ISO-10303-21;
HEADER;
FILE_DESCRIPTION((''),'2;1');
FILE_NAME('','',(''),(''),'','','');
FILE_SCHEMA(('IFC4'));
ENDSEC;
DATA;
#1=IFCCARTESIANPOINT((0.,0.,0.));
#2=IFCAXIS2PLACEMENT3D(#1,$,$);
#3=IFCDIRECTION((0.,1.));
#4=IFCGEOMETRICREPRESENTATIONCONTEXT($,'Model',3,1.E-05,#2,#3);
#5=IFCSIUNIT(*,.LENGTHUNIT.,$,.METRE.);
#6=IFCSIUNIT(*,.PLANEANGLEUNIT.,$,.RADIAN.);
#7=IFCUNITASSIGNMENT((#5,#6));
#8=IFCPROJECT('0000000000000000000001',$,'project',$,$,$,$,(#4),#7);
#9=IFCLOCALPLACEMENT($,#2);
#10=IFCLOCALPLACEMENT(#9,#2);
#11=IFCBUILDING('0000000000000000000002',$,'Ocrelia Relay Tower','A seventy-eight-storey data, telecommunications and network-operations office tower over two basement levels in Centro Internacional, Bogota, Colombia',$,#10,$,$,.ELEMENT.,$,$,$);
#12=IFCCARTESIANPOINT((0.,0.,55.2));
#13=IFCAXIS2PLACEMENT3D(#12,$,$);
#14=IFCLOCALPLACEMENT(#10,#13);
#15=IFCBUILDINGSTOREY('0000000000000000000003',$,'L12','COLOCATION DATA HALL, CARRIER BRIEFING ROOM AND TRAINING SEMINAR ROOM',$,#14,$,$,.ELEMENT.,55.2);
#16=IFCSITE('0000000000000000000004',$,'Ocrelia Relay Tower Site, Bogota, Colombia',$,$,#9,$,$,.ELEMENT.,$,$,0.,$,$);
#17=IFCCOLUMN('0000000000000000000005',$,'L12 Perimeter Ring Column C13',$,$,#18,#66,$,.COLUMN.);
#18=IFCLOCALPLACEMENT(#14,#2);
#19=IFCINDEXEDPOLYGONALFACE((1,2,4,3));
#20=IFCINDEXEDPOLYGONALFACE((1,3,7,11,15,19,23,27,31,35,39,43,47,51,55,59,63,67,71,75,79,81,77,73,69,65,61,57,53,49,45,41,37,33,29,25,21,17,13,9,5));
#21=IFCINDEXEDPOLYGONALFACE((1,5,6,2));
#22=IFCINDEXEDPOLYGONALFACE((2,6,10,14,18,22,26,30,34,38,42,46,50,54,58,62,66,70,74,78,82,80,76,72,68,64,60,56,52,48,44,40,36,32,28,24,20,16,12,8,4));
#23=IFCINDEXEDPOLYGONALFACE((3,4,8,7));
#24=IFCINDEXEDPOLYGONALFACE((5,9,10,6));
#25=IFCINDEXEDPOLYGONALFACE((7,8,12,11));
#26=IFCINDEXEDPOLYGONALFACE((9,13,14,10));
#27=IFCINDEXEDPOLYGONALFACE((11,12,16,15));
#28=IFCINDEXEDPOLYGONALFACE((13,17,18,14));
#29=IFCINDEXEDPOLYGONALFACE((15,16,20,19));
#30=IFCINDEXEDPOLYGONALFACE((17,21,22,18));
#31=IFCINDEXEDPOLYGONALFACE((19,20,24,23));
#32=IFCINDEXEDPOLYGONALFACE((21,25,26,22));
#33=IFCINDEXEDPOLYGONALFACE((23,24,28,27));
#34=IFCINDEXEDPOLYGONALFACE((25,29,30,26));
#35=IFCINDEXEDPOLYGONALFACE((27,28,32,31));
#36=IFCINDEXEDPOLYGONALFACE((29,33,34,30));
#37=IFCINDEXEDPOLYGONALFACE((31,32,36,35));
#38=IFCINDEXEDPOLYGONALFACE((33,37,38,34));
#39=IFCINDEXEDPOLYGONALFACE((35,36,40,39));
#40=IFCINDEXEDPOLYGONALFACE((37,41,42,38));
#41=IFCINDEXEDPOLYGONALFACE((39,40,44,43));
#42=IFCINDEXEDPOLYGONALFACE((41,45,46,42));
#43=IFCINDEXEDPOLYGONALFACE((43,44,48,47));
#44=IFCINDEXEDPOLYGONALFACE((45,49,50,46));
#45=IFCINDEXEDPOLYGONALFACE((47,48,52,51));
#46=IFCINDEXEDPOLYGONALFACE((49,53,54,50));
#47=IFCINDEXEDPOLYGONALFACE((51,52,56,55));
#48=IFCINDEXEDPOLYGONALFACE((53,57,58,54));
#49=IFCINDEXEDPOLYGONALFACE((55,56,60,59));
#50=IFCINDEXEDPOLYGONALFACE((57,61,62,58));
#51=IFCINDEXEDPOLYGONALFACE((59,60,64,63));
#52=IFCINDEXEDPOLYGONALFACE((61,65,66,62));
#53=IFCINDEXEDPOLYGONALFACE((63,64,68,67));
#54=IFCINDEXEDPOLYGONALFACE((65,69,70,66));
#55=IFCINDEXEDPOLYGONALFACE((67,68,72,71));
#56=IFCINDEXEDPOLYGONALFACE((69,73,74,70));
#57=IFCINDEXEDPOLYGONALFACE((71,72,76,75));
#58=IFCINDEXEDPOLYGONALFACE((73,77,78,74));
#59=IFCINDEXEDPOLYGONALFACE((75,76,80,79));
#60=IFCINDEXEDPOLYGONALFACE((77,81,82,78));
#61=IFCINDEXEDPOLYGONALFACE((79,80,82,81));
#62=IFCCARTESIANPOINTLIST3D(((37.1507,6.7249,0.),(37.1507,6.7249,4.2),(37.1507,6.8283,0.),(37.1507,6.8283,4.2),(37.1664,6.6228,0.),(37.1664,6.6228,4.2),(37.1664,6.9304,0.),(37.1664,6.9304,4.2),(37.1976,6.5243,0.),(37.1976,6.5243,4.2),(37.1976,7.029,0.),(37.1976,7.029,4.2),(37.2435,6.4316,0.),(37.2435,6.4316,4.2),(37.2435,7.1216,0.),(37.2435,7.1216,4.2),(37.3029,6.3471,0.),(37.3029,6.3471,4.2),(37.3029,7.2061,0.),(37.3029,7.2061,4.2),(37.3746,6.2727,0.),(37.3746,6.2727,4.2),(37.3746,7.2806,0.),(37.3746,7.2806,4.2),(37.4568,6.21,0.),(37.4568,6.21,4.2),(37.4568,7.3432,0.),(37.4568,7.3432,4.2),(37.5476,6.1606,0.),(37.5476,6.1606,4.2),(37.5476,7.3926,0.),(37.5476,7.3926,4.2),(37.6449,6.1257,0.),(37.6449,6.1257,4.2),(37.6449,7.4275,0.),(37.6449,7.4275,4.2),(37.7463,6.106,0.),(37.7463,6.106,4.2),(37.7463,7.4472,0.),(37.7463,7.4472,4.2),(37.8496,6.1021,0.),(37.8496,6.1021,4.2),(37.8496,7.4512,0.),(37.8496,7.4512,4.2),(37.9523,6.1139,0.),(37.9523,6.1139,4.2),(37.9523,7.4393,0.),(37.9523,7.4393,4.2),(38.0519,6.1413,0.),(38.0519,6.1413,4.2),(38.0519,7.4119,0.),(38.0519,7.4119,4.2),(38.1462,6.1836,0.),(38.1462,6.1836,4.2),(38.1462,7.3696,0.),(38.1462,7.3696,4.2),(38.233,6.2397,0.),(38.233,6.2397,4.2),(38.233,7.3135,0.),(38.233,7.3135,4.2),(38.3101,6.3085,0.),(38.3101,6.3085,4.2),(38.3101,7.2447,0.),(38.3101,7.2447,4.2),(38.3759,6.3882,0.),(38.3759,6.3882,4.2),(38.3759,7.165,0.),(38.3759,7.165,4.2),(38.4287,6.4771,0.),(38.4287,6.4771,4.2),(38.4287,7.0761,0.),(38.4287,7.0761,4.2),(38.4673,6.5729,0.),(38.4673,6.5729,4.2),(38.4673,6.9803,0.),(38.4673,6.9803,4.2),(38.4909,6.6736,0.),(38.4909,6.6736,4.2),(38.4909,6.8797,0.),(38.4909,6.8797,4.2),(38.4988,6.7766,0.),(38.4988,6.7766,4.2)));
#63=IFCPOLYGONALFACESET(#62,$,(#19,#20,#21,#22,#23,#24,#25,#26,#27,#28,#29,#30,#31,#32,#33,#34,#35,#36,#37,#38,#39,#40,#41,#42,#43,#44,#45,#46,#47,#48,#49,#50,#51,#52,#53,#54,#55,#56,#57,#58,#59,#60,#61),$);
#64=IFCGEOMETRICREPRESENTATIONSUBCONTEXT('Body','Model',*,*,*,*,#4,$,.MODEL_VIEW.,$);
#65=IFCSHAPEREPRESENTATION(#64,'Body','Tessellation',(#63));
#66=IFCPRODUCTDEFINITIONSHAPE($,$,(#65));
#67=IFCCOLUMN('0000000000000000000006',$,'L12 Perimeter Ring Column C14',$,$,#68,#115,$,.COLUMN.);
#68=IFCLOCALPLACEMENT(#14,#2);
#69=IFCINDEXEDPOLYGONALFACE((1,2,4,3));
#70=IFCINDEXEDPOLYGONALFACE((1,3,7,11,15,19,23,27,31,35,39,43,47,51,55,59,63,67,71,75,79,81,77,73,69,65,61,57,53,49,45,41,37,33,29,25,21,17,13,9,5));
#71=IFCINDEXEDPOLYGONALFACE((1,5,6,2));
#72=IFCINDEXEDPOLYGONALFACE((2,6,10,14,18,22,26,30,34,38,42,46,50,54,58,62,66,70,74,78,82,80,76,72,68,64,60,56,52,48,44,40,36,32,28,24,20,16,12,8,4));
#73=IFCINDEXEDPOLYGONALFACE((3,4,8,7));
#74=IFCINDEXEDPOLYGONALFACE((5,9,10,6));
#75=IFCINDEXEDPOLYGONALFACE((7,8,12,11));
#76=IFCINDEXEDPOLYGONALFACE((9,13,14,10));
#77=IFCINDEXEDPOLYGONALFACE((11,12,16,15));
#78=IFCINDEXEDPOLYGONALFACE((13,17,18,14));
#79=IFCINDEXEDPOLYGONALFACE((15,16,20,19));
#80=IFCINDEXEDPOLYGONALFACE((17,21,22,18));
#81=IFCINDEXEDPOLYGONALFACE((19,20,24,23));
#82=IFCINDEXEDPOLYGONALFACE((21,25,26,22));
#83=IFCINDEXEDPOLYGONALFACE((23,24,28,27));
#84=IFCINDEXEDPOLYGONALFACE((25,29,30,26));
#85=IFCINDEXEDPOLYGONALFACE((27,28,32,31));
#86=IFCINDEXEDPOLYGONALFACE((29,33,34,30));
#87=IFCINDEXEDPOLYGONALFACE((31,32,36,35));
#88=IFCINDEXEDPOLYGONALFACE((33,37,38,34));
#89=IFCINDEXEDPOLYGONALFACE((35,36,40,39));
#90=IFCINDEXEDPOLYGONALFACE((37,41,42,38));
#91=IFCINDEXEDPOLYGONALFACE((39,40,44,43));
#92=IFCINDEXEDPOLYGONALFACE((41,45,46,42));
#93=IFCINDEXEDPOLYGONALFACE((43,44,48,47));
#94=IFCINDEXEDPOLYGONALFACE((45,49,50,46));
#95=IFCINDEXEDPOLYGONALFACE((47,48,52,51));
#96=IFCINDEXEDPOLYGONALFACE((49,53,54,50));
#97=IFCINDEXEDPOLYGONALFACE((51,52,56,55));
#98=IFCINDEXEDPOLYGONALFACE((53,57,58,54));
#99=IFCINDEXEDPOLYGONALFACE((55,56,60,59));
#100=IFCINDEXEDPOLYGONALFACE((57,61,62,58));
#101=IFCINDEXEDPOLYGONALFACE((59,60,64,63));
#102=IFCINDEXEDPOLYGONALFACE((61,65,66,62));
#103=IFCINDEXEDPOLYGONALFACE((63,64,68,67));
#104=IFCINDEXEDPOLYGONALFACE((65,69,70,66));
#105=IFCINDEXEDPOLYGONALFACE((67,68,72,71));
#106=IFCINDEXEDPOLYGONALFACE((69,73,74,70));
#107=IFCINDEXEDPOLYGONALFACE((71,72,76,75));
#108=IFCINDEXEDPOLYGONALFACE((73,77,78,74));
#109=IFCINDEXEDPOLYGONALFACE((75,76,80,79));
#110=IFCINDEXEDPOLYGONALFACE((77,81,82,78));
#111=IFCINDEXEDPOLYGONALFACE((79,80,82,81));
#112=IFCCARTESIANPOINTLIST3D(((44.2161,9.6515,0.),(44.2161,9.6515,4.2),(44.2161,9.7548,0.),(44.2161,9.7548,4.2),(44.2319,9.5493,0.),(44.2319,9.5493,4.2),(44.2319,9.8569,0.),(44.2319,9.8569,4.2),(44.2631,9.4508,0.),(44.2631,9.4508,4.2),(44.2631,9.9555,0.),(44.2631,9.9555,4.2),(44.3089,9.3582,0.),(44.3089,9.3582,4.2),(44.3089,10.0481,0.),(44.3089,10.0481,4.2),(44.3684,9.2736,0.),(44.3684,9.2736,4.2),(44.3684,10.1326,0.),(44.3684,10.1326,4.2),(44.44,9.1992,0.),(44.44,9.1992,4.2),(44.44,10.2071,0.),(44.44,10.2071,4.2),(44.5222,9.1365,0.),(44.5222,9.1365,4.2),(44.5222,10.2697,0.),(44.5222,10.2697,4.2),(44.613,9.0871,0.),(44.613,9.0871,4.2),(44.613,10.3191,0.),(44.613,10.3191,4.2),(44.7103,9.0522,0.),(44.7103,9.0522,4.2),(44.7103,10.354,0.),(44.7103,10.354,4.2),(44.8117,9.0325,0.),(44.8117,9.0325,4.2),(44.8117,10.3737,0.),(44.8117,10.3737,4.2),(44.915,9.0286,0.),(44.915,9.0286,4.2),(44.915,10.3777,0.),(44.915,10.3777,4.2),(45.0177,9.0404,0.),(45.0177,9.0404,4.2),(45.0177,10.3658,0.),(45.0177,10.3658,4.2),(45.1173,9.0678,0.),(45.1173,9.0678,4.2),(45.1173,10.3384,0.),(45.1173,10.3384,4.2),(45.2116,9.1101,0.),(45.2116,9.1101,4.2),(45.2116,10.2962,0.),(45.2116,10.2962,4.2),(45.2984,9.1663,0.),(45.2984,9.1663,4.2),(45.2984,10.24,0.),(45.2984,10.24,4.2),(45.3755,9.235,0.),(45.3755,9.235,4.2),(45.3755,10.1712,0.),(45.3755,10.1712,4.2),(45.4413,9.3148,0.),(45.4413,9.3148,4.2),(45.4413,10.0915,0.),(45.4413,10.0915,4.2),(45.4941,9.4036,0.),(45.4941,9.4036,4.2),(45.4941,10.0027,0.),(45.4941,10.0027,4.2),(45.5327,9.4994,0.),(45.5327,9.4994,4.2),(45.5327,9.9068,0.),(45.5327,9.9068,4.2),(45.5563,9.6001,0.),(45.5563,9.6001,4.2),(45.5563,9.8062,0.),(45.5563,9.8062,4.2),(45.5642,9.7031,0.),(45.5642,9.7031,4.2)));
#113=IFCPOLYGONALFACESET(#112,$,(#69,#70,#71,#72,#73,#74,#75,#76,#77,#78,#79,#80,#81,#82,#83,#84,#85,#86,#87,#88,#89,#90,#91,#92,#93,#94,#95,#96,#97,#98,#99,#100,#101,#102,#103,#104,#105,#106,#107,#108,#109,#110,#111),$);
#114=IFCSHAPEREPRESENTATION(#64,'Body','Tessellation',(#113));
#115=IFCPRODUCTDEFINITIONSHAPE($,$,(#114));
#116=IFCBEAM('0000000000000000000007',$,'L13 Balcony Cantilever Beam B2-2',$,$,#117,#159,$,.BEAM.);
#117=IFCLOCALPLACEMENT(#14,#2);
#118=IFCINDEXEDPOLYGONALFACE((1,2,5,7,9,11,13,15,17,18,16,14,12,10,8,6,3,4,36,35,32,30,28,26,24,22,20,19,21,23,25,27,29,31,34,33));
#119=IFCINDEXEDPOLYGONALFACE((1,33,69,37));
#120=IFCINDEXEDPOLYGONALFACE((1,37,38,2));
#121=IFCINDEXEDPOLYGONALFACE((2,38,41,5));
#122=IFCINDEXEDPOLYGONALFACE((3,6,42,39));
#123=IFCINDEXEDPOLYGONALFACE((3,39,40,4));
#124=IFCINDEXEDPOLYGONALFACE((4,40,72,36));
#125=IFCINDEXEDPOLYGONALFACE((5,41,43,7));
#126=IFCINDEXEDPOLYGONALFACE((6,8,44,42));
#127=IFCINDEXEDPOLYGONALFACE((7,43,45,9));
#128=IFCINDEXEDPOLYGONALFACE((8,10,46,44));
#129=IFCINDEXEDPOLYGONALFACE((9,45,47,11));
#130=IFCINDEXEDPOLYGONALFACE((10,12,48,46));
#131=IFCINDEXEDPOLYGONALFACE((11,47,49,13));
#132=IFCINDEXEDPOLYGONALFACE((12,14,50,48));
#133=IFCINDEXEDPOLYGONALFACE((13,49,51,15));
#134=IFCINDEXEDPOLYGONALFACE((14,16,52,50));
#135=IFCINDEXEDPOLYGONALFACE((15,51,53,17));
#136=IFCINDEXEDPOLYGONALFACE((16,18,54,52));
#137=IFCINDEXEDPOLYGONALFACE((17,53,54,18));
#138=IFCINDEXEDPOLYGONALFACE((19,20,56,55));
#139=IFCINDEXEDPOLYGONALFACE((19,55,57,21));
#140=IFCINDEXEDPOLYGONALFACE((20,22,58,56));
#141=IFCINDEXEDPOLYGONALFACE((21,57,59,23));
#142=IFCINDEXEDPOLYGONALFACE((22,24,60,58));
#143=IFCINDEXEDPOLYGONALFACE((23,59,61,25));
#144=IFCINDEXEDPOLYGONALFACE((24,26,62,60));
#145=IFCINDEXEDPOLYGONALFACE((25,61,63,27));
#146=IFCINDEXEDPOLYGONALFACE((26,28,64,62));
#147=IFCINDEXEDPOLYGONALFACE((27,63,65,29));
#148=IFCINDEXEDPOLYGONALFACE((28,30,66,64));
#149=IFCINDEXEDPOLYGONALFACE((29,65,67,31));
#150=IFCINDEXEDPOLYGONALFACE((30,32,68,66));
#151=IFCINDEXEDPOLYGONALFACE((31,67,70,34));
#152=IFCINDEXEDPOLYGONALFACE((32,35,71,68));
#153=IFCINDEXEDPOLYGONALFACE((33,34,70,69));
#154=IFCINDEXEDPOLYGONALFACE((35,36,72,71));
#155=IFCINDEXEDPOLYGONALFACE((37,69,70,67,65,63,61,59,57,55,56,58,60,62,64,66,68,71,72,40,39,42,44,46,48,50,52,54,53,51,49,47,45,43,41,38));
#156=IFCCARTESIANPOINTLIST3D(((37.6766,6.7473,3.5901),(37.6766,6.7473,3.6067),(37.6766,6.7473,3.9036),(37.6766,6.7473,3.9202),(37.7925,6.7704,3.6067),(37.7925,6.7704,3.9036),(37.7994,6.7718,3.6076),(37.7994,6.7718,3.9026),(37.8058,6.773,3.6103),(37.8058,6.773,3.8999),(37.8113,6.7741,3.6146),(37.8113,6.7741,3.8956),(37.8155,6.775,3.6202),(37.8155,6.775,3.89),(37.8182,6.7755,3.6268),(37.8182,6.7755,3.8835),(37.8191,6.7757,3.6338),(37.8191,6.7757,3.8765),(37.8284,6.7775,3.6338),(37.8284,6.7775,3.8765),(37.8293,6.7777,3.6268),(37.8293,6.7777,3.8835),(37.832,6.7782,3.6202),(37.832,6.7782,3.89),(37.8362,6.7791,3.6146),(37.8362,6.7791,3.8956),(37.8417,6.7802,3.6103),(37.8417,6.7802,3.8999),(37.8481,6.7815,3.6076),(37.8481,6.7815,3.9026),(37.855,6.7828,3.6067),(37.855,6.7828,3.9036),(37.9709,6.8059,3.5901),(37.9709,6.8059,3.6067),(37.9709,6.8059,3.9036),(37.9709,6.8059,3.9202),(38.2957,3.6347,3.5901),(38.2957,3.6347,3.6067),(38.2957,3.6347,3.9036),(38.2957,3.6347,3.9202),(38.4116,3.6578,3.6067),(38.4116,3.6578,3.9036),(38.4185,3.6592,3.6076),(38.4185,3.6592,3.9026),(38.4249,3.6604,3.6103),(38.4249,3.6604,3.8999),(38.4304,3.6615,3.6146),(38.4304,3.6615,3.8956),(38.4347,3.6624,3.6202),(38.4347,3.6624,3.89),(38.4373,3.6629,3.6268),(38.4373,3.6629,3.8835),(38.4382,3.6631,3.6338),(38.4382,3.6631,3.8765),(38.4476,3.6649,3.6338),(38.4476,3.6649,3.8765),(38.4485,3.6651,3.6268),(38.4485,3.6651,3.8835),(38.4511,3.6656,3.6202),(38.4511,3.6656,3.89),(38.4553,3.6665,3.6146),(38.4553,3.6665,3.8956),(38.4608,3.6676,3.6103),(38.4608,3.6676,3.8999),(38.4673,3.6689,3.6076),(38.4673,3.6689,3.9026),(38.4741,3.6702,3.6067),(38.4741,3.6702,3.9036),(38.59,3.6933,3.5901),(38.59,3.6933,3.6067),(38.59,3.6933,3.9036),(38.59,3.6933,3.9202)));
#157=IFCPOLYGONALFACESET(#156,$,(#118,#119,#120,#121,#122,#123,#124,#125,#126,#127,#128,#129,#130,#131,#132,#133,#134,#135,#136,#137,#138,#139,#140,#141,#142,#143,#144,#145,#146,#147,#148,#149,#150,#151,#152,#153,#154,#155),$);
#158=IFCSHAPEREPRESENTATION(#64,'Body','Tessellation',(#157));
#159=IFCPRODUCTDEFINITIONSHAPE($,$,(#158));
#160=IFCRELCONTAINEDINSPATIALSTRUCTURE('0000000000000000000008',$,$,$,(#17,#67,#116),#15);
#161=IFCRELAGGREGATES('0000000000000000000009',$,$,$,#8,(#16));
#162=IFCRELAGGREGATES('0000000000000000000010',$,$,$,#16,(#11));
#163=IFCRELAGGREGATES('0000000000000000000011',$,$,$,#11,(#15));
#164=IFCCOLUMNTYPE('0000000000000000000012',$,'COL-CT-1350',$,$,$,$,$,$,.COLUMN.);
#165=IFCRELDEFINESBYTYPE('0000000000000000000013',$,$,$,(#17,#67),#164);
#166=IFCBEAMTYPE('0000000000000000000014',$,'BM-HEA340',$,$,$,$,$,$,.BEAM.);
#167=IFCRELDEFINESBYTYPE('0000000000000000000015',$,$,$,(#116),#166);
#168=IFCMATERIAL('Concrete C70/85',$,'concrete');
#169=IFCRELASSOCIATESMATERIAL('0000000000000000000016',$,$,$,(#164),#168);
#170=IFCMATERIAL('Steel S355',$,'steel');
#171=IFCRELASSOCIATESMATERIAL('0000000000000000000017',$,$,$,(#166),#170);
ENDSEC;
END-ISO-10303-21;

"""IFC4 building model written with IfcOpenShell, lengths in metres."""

from ifc_helpers import new_model, si_unit, direction, frame, origin, origin_2d, place, context, subcontext, project, spatial, circle, i_section, extrude, material, material_profile, profile_set, type_object, element, save


model = new_model("IFC4")

# Units and contexts
model_context = context("Model", 3, precision=1e-05, world=origin(), true_north=direction((0.0, 1.0)))
body_context = subcontext(model_context, "Body", "Model", "MODEL_VIEW")
ifc_project = project(units=[si_unit("LENGTHUNIT", "METRE"), si_unit("PLANEANGLEUNIT", "RADIAN")], contexts=[model_context])

# Site, building, storey
site_placement = place(None, origin())
site = spatial("IfcSite", under=ifc_project, at=site_placement, Name="Ocrelia Relay Tower Site, Bogota, Colombia", CompositionType="ELEMENT", RefElevation=0.0)
building_placement = place(site_placement, origin())
building = spatial("IfcBuilding", under=site, at=building_placement, Name="Ocrelia Relay Tower", Description="A seventy-eight-storey data, telecommunications and network-operations office tower over two basement levels in Centro Internacional, Bogota, Colombia", CompositionType="ELEMENT")
storey_placement = place(building_placement, frame((0.0, 0.0, 55.2)))
storey = spatial("IfcBuildingStorey", under=building, at=storey_placement, Name="L12", Description="COLOCATION DATA HALL, CARRIER BRIEFING ROOM AND TRAINING SEMINAR ROOM", CompositionType="ELEMENT", Elevation=55.2)

# Columns
ifc_material_1 = material(Name="Concrete C70/85", Category="concrete")
ifc_material_profile_1 = material_profile(ifc_material_1, circle(Radius=0.675, at=origin_2d()), Name="RC-CIR-1350")
ifc_profile_set_1 = profile_set([ifc_material_profile_1], Name="Concrete C70/85")
column_type = type_object("IfcColumnType", Name="COL-CT-1350", PredefinedType="COLUMN", material=ifc_profile_set_1)
for number, where, z_axis, x_axis, name in (
    (1, (37.8237, 6.7766, 0.0), (0.0, 0.0, 1.0), (1.0, 0.0, 0.0), "L12 Perimeter Ring Column C13"),
    (2, (44.8892, 9.7031, 0.0), (0.0, 0.0, 1.0), (1.0, 0.0, 0.0), "L12 Perimeter Ring Column C14"),
):
    element("IfcColumn", number, at=place(storey_placement, frame(where, z_axis=z_axis, x_axis=x_axis)), inside=storey, type_object=column_type, Name=name, PredefinedType="COLUMN", context=body_context, shape_type="SweptSolid", body=[
        extrude(circle(Radius=0.675, at=origin_2d()), origin(), (0.0, 0.0, 1.0), 4.2),
    ])

# Beam
ifc_material_2 = material(Name="Steel S355", Category="steel")
ifc_material_profile_2 = material_profile(ifc_material_2, i_section(OverallWidth=0.3, OverallDepth=0.3301, WebThickness=0.0095, FlangeThickness=0.0166, FilletRadius=0.0271, at=origin_2d()), Name="HEA 340")
ifc_profile_set_2 = profile_set([ifc_material_profile_2], Name="Steel S355")
beam_type_1 = type_object("IfcBeamType", Name="BM-HEA340", PredefinedType="BEAM", material=ifc_profile_set_2)
beam_1_placement = place(storey_placement, frame((37.8237, 6.7766, 3.7551), z_axis=(0.195095, -0.980784, 0.0), x_axis=(0.980784, 0.195095, 0.0)))
element("IfcBeam", 3, at=beam_1_placement, inside=storey, type_object=beam_type_1, Name="L13 Balcony Cantilever Beam B2-2", PredefinedType="BEAM", context=body_context, shape_type="SweptSolid", body=[
    extrude(i_section(OverallWidth=0.3, OverallDepth=0.3301, WebThickness=0.0095, FlangeThickness=0.0166, FilletRadius=0.0271, at=origin_2d()), origin(), (0.0, 0.0, 1.0), 3.1736),
])

save(model, "model.ifc")
